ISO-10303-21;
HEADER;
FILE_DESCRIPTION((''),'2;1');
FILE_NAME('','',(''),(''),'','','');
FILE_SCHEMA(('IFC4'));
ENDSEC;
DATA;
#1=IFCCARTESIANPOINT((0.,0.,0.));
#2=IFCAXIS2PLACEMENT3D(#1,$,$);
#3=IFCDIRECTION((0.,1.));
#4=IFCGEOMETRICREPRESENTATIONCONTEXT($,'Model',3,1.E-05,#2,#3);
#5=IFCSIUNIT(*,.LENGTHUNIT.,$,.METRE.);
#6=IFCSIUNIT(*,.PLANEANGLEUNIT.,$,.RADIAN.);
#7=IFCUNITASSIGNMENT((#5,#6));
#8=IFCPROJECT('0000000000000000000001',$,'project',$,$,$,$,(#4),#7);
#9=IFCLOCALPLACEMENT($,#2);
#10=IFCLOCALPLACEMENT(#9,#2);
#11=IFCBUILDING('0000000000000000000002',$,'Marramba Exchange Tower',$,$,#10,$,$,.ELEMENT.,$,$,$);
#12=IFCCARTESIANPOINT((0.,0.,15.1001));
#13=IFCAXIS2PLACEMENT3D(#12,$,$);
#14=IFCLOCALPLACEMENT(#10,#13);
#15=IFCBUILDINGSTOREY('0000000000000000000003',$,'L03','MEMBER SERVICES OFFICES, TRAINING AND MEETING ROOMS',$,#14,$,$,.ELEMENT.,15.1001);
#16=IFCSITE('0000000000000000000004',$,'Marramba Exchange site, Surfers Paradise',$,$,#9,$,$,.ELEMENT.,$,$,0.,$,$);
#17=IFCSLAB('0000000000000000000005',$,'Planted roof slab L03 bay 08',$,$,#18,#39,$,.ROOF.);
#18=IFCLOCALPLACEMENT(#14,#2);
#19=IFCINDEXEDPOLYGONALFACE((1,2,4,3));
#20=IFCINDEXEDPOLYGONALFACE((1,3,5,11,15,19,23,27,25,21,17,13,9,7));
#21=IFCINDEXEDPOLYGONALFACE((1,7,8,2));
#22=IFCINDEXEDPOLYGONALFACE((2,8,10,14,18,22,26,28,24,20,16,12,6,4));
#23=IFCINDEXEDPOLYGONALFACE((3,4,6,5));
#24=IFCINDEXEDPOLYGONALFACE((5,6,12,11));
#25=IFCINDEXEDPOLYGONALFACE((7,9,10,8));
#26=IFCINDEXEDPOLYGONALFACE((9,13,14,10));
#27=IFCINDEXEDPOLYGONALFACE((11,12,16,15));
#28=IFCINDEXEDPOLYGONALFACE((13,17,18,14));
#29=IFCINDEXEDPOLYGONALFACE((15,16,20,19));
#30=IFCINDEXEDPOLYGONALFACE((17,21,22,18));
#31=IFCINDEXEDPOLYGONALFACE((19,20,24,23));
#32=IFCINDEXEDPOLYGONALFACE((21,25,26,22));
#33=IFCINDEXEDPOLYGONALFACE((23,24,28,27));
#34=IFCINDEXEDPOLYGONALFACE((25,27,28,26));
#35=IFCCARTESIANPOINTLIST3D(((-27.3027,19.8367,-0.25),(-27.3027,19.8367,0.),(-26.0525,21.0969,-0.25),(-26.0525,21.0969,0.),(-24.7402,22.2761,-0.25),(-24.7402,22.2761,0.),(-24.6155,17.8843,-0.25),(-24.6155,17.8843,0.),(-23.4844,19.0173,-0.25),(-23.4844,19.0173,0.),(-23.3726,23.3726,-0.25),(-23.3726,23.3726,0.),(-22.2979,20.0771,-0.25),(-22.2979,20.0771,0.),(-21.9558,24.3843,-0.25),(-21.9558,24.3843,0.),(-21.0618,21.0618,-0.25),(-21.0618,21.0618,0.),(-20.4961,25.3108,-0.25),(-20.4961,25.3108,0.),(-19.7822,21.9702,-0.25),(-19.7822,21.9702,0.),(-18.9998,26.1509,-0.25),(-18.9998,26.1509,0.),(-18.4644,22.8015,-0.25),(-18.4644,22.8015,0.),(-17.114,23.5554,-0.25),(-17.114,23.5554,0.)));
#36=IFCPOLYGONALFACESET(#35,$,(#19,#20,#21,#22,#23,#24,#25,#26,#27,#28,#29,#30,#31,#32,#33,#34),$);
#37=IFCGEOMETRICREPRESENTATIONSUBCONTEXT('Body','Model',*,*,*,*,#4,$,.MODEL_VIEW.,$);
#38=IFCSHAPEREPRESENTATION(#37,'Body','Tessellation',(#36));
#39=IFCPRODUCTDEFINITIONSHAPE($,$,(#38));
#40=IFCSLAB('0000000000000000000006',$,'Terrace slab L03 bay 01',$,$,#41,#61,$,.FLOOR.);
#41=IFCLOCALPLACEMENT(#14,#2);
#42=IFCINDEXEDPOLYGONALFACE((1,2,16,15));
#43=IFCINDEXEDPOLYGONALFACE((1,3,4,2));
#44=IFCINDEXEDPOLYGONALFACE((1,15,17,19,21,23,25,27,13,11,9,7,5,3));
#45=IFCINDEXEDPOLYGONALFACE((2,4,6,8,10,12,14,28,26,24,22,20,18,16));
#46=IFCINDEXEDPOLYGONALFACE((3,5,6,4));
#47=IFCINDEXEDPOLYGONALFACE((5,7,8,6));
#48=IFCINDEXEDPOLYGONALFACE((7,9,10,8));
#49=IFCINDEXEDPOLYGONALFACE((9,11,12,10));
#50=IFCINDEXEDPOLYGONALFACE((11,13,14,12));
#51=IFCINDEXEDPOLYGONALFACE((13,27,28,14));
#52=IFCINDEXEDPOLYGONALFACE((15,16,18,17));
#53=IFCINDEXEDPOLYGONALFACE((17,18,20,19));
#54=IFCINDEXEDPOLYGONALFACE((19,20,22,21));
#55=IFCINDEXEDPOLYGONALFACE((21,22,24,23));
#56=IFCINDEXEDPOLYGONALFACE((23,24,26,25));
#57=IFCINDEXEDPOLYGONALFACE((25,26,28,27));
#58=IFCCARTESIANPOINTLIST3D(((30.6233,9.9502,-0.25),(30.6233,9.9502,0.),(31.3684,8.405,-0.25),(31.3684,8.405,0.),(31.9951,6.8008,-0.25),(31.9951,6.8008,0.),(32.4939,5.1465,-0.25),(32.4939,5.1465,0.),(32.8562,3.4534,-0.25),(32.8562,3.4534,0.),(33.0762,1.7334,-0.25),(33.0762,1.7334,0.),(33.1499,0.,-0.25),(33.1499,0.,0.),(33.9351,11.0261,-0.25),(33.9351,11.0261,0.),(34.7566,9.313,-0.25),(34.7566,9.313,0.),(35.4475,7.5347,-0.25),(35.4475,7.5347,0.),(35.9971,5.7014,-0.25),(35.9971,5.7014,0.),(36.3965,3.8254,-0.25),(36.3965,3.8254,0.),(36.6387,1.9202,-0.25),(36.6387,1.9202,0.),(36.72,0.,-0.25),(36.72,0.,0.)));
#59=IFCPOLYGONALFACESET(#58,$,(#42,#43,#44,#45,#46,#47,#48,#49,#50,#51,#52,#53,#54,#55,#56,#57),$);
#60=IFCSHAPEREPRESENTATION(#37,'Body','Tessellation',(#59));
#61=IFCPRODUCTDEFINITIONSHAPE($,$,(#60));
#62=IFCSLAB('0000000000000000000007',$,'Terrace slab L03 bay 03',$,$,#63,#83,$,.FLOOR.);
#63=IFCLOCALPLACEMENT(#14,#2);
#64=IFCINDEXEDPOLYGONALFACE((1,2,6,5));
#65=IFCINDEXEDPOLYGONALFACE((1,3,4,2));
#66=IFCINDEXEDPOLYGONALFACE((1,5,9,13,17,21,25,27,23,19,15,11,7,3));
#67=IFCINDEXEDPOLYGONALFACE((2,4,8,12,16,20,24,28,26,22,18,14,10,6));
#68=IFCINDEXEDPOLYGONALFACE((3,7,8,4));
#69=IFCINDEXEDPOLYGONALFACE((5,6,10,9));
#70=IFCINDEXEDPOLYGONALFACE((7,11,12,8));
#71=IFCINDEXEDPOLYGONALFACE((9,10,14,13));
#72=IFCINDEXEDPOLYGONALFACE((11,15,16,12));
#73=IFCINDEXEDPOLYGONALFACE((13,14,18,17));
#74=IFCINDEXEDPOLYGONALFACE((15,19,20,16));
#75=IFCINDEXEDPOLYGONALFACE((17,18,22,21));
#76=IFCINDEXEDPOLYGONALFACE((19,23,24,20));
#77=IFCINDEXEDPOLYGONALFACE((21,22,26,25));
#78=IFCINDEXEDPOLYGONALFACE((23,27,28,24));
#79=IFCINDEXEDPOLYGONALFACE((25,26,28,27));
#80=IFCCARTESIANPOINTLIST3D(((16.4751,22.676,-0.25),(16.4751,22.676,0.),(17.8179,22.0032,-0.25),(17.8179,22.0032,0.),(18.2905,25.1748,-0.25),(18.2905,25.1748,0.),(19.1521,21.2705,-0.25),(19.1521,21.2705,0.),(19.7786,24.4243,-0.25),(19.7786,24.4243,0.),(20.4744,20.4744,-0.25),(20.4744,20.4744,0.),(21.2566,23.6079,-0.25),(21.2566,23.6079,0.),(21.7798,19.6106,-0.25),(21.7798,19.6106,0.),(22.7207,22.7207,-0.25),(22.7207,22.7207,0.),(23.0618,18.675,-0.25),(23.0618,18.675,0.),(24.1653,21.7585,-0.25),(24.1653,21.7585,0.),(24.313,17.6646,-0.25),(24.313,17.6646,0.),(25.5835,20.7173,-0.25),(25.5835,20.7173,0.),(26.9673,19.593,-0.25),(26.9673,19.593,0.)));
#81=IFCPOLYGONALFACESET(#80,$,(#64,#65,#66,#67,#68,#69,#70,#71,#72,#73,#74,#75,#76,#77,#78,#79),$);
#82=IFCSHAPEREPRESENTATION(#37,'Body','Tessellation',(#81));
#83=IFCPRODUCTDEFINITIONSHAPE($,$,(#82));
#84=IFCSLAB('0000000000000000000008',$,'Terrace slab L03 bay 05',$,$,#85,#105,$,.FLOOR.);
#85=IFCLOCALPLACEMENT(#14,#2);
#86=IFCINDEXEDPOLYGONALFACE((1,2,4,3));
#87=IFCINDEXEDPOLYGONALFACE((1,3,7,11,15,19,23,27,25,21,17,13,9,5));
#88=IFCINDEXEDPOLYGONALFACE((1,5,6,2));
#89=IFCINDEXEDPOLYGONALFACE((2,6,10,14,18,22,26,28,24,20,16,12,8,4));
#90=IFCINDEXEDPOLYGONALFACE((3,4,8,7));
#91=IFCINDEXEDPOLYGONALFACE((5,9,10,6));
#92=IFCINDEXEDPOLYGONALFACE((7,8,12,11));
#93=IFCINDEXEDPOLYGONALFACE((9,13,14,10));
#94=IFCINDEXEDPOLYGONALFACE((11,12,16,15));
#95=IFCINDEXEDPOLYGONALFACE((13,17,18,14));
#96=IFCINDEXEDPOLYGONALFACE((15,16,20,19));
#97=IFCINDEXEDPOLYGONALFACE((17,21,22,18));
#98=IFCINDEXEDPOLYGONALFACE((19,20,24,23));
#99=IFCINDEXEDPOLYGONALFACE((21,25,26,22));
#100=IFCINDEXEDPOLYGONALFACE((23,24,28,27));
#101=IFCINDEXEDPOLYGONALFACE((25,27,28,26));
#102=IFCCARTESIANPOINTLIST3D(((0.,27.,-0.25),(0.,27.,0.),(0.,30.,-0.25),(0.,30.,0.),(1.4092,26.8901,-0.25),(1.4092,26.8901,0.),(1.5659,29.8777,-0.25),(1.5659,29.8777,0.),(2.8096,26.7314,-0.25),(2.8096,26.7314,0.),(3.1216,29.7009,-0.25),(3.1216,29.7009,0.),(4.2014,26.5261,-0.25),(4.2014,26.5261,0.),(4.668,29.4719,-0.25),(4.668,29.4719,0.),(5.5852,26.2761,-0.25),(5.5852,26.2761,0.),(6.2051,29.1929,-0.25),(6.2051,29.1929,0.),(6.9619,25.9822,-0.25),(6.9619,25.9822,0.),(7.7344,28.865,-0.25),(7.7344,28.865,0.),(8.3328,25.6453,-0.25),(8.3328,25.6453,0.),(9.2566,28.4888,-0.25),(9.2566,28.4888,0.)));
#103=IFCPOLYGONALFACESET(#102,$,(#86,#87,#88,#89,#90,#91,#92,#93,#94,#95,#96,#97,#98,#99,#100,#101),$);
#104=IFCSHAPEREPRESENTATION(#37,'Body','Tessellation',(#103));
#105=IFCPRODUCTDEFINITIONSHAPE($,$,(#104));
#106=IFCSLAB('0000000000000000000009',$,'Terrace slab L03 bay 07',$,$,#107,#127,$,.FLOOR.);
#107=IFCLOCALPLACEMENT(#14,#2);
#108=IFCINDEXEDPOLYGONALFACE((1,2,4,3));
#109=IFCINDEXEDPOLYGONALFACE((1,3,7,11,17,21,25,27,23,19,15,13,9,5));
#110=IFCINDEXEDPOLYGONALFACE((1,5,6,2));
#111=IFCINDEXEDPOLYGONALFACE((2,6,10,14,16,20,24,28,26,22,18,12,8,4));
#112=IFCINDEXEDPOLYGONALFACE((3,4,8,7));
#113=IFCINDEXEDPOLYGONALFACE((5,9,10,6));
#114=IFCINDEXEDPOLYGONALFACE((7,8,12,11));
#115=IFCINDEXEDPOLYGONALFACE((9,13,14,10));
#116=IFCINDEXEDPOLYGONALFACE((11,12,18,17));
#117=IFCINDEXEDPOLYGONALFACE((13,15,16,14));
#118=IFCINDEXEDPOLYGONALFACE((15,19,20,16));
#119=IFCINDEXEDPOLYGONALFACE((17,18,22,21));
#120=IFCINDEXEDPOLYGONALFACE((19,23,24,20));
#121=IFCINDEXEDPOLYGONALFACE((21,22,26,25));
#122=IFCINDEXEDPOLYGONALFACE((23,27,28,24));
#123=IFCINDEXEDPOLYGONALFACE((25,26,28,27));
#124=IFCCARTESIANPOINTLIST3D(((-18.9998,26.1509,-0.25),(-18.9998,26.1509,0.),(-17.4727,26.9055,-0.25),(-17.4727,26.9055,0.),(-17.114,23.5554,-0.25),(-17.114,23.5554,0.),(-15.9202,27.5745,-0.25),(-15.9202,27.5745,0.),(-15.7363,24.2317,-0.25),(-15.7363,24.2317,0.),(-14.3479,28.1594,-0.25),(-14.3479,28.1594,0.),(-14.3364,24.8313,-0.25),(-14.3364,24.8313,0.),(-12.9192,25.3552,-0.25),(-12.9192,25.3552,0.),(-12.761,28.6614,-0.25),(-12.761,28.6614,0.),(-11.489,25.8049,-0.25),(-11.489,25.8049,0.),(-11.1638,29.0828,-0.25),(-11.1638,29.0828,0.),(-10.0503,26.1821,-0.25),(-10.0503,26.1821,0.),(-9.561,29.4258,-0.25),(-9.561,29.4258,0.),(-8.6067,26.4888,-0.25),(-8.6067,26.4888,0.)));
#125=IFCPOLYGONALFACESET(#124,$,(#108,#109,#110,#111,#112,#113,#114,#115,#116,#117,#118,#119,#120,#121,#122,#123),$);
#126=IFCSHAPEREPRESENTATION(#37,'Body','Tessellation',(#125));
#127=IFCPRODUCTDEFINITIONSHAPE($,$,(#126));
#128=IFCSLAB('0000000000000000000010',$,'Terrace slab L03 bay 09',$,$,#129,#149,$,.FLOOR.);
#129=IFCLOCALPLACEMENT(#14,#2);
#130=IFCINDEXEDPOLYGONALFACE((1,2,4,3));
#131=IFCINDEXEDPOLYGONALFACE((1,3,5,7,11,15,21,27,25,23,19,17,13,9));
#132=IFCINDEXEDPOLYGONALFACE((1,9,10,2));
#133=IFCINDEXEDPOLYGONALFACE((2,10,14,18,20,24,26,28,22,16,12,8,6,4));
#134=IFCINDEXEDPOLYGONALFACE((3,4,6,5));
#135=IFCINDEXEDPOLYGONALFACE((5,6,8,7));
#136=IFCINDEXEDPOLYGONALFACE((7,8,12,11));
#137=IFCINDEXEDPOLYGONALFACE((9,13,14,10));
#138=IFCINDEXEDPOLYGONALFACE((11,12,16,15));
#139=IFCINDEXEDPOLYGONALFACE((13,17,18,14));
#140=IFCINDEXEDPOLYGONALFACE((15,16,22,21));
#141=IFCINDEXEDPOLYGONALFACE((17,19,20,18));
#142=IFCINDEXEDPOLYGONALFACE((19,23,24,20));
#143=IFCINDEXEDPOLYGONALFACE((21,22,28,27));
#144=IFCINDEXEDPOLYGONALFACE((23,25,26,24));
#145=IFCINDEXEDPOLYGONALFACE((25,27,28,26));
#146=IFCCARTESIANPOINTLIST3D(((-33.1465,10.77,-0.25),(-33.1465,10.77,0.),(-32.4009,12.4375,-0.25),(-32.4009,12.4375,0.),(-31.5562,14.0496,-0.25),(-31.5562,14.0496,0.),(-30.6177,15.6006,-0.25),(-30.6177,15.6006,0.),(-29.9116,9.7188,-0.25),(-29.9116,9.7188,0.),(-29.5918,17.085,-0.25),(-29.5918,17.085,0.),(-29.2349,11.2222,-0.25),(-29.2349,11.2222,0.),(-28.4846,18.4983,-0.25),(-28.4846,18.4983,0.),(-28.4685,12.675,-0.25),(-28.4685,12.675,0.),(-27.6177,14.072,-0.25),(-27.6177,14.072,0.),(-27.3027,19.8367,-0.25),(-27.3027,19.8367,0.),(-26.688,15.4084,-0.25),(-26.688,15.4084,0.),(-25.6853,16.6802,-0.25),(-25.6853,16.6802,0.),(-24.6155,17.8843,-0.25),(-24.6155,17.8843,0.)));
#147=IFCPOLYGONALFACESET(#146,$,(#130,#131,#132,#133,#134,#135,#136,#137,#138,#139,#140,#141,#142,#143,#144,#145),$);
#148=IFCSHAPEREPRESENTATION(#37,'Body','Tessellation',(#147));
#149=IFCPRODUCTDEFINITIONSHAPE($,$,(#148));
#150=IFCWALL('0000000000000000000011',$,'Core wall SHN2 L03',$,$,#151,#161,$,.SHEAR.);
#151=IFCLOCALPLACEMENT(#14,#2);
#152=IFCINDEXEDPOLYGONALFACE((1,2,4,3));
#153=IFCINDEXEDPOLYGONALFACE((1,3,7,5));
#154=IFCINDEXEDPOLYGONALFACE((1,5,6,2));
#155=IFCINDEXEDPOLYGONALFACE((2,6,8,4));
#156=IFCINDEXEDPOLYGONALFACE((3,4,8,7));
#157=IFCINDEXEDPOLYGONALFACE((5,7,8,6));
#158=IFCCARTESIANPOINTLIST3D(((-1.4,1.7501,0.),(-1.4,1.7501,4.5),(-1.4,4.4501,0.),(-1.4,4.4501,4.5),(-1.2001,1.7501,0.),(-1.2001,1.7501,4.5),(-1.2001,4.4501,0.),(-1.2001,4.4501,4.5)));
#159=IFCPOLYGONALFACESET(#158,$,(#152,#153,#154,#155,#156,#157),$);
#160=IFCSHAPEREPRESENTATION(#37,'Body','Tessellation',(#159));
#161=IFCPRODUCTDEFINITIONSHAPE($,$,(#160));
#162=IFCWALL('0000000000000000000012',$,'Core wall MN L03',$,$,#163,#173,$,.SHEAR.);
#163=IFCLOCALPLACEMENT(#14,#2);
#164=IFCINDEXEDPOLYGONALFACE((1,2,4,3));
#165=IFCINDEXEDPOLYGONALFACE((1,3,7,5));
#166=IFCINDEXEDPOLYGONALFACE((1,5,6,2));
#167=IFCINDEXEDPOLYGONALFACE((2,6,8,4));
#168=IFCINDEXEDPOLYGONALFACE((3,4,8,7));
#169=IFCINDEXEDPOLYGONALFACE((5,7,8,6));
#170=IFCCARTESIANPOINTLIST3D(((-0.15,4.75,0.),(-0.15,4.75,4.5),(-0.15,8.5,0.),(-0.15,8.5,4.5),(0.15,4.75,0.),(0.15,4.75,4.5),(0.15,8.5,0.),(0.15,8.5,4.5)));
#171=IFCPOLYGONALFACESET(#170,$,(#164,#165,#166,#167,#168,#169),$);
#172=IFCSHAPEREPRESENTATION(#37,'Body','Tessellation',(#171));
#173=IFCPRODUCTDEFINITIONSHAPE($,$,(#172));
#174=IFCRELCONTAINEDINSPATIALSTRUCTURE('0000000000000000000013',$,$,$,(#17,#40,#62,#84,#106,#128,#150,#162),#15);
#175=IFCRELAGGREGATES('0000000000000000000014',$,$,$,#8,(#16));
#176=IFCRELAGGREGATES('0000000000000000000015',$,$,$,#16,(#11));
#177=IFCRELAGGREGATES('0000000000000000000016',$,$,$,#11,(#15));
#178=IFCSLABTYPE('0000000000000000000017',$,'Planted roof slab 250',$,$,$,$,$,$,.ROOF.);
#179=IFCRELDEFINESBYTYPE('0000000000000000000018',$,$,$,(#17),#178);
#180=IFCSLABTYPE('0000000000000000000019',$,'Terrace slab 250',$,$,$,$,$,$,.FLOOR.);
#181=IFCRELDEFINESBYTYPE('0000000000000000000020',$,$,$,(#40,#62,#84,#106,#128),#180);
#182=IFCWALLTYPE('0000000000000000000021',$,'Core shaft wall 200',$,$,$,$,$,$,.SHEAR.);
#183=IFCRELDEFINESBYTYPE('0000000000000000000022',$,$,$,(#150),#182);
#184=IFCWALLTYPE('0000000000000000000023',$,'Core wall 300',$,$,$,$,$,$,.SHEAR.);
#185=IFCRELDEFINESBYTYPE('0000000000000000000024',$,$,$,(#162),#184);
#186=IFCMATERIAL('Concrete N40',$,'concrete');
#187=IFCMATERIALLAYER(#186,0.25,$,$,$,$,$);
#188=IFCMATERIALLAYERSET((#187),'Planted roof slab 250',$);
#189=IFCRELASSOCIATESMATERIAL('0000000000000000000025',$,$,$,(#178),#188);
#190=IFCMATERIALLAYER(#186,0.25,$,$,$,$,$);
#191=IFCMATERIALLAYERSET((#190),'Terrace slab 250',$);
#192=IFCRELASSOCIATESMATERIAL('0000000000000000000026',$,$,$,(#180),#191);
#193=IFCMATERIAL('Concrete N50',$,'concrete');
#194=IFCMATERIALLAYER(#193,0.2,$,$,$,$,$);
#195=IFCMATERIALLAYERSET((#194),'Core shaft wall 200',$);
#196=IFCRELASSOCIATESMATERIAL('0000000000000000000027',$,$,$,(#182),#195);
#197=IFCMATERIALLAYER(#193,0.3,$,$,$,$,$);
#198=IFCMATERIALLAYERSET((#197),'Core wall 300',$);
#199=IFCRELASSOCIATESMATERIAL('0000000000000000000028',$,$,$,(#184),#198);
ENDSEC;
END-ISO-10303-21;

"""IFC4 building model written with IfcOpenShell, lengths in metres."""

from ifc_helpers import new_model, si_unit, direction, frame, frame_2d, origin, place, context, subcontext, project, spatial, polyline, rectangle, outline, extrude, material, layer, layer_set, type_object, element, save


model = new_model("IFC4")

# Units and contexts
model_context = context("Model", 3, precision=1e-05, world=origin(), true_north=direction((0.0, 1.0)))
body_context = subcontext(model_context, "Body", "Model", "MODEL_VIEW")
ifc_project = project(units=[si_unit("LENGTHUNIT", "METRE"), si_unit("PLANEANGLEUNIT", "RADIAN")], contexts=[model_context])

# Site, building, storey
site_placement = place(None, origin())
site = spatial("IfcSite", under=ifc_project, at=site_placement, Name="Marramba Exchange site, Surfers Paradise", CompositionType="ELEMENT", RefElevation=0.0)
building_placement = place(site_placement, origin())
building = spatial("IfcBuilding", under=site, at=building_placement, Name="Marramba Exchange Tower", CompositionType="ELEMENT")
storey_placement = place(building_placement, frame((0.0, 0.0, 15.1001)))
storey = spatial("IfcBuildingStorey", under=building, at=storey_placement, Name="L03", Description="MEMBER SERVICES OFFICES, TRAINING AND MEETING ROOMS", CompositionType="ELEMENT", Elevation=15.1001)

# Slabs
ifc_material_1 = material(Name="Concrete N40", Category="concrete")
ifc_layer_1 = layer(ifc_material_1, 0.25)
ifc_layer_set_1 = layer_set([ifc_layer_1], Name="Planted roof slab 250")
slab_type_1 = type_object("IfcSlabType", Name="Planted roof slab 250", PredefinedType="ROOF", material=ifc_layer_set_1)
slab_1_placement = place(storey_placement, frame((0.0, 0.0, -0.25)))
element("IfcSlab", 1, at=slab_1_placement, inside=storey, type_object=slab_type_1, Name="Planted roof slab L03 bay 08", PredefinedType="ROOF", context=body_context, shape_type="SweptSolid", body=[
    extrude(outline(polyline([(-27.3027, 19.8367), (-26.0525, 21.0969), (-24.7402, 22.2761), (-23.3726, 23.3726), (-21.9558, 24.3843), (-20.4961, 25.3108), (-18.9998, 26.1509), (-17.114, 23.5554), (-18.4644, 22.8015), (-19.7822, 21.9702), (-21.0618, 21.0618), (-22.2979, 20.0771), (-23.4844, 19.0173), (-24.6155, 17.8843), (-27.3027, 19.8367)])), origin(), (0.0, 0.0, 1.0), 0.25),
])
ifc_layer_2 = layer(ifc_material_1, 0.25)
ifc_layer_set_2 = layer_set([ifc_layer_2], Name="Terrace slab 250")
slab_type_2 = type_object("IfcSlabType", Name="Terrace slab 250", PredefinedType="FLOOR", material=ifc_layer_set_2)
slab_2_placement = place(storey_placement, frame((0.0, 0.0, -0.25)))
element("IfcSlab", 2, at=slab_2_placement, inside=storey, type_object=slab_type_2, Name="Terrace slab L03 bay 01", PredefinedType="FLOOR", context=body_context, shape_type="SweptSolid", body=[
    extrude(outline(polyline([(33.9351, 11.0261), (34.7566, 9.313), (35.4475, 7.5347), (35.9971, 5.7014), (36.3965, 3.8254), (36.6387, 1.9202), (36.72, 0.0), (33.1499, 0.0), (33.0762, 1.7334), (32.8562, 3.4534), (32.4939, 5.1465), (31.9951, 6.8008), (31.3684, 8.405), (30.6233, 9.9502), (33.9351, 11.0261)])), origin(), (0.0, 0.0, 1.0), 0.25),
])
slab_3_placement = place(storey_placement, frame((0.0, 0.0, -0.25)))
element("IfcSlab", 3, at=slab_3_placement, inside=storey, type_object=slab_type_2, Name="Terrace slab L03 bay 03", PredefinedType="FLOOR", context=body_context, shape_type="SweptSolid", body=[
    extrude(outline(polyline([(19.7786, 24.4243), (21.2566, 23.6079), (22.7207, 22.7207), (24.1653, 21.7585), (25.5835, 20.7173), (26.9673, 19.593), (24.313, 17.6646), (23.0618, 18.675), (21.7798, 19.6106), (20.4744, 20.4744), (19.1521, 21.2705), (17.8179, 22.0032), (16.4751, 22.676), (18.2905, 25.1748), (19.7786, 24.4243)])), origin(), (0.0, 0.0, 1.0), 0.25),
])
slab_4_placement = place(storey_placement, frame((0.0, 0.0, -0.25)))
element("IfcSlab", 4, at=slab_4_placement, inside=storey, type_object=slab_type_2, Name="Terrace slab L03 bay 05", PredefinedType="FLOOR", context=body_context, shape_type="SweptSolid", body=[
    extrude(outline(polyline([(1.5659, 29.8777), (3.1216, 29.7009), (4.668, 29.4719), (6.2051, 29.1929), (7.7344, 28.865), (9.2566, 28.4888), (8.3328, 25.6453), (6.9619, 25.9822), (5.5852, 26.2761), (4.2014, 26.5261), (2.8096, 26.7314), (1.4092, 26.8901), (0.0, 27.0), (0.0, 30.0), (1.5659, 29.8777)])), origin(), (0.0, 0.0, 1.0), 0.25),
])
slab_5_placement = place(storey_placement, frame((0.0, 0.0, -0.25)))
element("IfcSlab", 5, at=slab_5_placement, inside=storey, type_object=slab_type_2, Name="Terrace slab L03 bay 07", PredefinedType="FLOOR", context=body_context, shape_type="SweptSolid", body=[
    extrude(outline(polyline([(-18.9998, 26.1509), (-17.4727, 26.9055), (-15.9202, 27.5745), (-14.3479, 28.1594), (-12.761, 28.6614), (-11.1638, 29.0828), (-9.561, 29.4258), (-8.6067, 26.4888), (-10.0503, 26.1821), (-11.489, 25.8049), (-12.9192, 25.3552), (-14.3364, 24.8313), (-15.7363, 24.2317), (-17.114, 23.5554), (-18.9998, 26.1509)])), origin(), (0.0, 0.0, 1.0), 0.25),
])
slab_6_placement = place(storey_placement, frame((0.0, 0.0, -0.25)))
element("IfcSlab", 6, at=slab_6_placement, inside=storey, type_object=slab_type_2, Name="Terrace slab L03 bay 09", PredefinedType="FLOOR", context=body_context, shape_type="SweptSolid", body=[
    extrude(outline(polyline([(-32.4009, 12.4375), (-31.5562, 14.0496), (-30.6177, 15.6006), (-29.5918, 17.085), (-28.4846, 18.4983), (-27.3027, 19.8367), (-24.6155, 17.8843), (-25.6853, 16.6802), (-26.688, 15.4084), (-27.6177, 14.072), (-28.4685, 12.675), (-29.2349, 11.2222), (-29.9116, 9.7188), (-33.1465, 10.77), (-32.4009, 12.4375)])), origin(), (0.0, 0.0, 1.0), 0.25),
])

# Walls
ifc_material_2 = material(Name="Concrete N50", Category="concrete")
ifc_layer_3 = layer(ifc_material_2, 0.2)
ifc_layer_set_3 = layer_set([ifc_layer_3], Name="Core shaft wall 200")
wall_type_1 = type_object("IfcWallType", Name="Core shaft wall 200", PredefinedType="SHEAR", material=ifc_layer_set_3)
wall_1_placement = place(storey_placement, frame((-1.3, 1.75, 0.0), z_axis=(0.0, 0.0, 1.0), x_axis=(0.0, 1.0, 0.0)))
element("IfcWall", 7, at=wall_1_placement, inside=storey, type_object=wall_type_1, Name="Core wall SHN2 L03", PredefinedType="SHEAR", context=body_context, shape_type="SweptSolid", body=[
    extrude(rectangle(XDim=2.7, YDim=0.2, at=frame_2d((1.3501, 0.0))), origin(), (0.0, 0.0, 1.0), 4.5),
])
ifc_layer_4 = layer(ifc_material_2, 0.3)
ifc_layer_set_4 = layer_set([ifc_layer_4], Name="Core wall 300")
wall_type_2 = type_object("IfcWallType", Name="Core wall 300", PredefinedType="SHEAR", material=ifc_layer_set_4)
wall_2_placement = place(storey_placement, frame((0.0, 4.75, 0.0), z_axis=(0.0, 0.0, 1.0), x_axis=(0.0, 1.0, 0.0)))
element("IfcWall", 8, at=wall_2_placement, inside=storey, type_object=wall_type_2, Name="Core wall MN L03", PredefinedType="SHEAR", context=body_context, shape_type="SweptSolid", body=[
    extrude(rectangle(XDim=3.75, YDim=0.3, at=frame_2d((1.875, 0.0))), origin(), (0.0, 0.0, 1.0), 4.5),
])

save(model, "model.ifc")
